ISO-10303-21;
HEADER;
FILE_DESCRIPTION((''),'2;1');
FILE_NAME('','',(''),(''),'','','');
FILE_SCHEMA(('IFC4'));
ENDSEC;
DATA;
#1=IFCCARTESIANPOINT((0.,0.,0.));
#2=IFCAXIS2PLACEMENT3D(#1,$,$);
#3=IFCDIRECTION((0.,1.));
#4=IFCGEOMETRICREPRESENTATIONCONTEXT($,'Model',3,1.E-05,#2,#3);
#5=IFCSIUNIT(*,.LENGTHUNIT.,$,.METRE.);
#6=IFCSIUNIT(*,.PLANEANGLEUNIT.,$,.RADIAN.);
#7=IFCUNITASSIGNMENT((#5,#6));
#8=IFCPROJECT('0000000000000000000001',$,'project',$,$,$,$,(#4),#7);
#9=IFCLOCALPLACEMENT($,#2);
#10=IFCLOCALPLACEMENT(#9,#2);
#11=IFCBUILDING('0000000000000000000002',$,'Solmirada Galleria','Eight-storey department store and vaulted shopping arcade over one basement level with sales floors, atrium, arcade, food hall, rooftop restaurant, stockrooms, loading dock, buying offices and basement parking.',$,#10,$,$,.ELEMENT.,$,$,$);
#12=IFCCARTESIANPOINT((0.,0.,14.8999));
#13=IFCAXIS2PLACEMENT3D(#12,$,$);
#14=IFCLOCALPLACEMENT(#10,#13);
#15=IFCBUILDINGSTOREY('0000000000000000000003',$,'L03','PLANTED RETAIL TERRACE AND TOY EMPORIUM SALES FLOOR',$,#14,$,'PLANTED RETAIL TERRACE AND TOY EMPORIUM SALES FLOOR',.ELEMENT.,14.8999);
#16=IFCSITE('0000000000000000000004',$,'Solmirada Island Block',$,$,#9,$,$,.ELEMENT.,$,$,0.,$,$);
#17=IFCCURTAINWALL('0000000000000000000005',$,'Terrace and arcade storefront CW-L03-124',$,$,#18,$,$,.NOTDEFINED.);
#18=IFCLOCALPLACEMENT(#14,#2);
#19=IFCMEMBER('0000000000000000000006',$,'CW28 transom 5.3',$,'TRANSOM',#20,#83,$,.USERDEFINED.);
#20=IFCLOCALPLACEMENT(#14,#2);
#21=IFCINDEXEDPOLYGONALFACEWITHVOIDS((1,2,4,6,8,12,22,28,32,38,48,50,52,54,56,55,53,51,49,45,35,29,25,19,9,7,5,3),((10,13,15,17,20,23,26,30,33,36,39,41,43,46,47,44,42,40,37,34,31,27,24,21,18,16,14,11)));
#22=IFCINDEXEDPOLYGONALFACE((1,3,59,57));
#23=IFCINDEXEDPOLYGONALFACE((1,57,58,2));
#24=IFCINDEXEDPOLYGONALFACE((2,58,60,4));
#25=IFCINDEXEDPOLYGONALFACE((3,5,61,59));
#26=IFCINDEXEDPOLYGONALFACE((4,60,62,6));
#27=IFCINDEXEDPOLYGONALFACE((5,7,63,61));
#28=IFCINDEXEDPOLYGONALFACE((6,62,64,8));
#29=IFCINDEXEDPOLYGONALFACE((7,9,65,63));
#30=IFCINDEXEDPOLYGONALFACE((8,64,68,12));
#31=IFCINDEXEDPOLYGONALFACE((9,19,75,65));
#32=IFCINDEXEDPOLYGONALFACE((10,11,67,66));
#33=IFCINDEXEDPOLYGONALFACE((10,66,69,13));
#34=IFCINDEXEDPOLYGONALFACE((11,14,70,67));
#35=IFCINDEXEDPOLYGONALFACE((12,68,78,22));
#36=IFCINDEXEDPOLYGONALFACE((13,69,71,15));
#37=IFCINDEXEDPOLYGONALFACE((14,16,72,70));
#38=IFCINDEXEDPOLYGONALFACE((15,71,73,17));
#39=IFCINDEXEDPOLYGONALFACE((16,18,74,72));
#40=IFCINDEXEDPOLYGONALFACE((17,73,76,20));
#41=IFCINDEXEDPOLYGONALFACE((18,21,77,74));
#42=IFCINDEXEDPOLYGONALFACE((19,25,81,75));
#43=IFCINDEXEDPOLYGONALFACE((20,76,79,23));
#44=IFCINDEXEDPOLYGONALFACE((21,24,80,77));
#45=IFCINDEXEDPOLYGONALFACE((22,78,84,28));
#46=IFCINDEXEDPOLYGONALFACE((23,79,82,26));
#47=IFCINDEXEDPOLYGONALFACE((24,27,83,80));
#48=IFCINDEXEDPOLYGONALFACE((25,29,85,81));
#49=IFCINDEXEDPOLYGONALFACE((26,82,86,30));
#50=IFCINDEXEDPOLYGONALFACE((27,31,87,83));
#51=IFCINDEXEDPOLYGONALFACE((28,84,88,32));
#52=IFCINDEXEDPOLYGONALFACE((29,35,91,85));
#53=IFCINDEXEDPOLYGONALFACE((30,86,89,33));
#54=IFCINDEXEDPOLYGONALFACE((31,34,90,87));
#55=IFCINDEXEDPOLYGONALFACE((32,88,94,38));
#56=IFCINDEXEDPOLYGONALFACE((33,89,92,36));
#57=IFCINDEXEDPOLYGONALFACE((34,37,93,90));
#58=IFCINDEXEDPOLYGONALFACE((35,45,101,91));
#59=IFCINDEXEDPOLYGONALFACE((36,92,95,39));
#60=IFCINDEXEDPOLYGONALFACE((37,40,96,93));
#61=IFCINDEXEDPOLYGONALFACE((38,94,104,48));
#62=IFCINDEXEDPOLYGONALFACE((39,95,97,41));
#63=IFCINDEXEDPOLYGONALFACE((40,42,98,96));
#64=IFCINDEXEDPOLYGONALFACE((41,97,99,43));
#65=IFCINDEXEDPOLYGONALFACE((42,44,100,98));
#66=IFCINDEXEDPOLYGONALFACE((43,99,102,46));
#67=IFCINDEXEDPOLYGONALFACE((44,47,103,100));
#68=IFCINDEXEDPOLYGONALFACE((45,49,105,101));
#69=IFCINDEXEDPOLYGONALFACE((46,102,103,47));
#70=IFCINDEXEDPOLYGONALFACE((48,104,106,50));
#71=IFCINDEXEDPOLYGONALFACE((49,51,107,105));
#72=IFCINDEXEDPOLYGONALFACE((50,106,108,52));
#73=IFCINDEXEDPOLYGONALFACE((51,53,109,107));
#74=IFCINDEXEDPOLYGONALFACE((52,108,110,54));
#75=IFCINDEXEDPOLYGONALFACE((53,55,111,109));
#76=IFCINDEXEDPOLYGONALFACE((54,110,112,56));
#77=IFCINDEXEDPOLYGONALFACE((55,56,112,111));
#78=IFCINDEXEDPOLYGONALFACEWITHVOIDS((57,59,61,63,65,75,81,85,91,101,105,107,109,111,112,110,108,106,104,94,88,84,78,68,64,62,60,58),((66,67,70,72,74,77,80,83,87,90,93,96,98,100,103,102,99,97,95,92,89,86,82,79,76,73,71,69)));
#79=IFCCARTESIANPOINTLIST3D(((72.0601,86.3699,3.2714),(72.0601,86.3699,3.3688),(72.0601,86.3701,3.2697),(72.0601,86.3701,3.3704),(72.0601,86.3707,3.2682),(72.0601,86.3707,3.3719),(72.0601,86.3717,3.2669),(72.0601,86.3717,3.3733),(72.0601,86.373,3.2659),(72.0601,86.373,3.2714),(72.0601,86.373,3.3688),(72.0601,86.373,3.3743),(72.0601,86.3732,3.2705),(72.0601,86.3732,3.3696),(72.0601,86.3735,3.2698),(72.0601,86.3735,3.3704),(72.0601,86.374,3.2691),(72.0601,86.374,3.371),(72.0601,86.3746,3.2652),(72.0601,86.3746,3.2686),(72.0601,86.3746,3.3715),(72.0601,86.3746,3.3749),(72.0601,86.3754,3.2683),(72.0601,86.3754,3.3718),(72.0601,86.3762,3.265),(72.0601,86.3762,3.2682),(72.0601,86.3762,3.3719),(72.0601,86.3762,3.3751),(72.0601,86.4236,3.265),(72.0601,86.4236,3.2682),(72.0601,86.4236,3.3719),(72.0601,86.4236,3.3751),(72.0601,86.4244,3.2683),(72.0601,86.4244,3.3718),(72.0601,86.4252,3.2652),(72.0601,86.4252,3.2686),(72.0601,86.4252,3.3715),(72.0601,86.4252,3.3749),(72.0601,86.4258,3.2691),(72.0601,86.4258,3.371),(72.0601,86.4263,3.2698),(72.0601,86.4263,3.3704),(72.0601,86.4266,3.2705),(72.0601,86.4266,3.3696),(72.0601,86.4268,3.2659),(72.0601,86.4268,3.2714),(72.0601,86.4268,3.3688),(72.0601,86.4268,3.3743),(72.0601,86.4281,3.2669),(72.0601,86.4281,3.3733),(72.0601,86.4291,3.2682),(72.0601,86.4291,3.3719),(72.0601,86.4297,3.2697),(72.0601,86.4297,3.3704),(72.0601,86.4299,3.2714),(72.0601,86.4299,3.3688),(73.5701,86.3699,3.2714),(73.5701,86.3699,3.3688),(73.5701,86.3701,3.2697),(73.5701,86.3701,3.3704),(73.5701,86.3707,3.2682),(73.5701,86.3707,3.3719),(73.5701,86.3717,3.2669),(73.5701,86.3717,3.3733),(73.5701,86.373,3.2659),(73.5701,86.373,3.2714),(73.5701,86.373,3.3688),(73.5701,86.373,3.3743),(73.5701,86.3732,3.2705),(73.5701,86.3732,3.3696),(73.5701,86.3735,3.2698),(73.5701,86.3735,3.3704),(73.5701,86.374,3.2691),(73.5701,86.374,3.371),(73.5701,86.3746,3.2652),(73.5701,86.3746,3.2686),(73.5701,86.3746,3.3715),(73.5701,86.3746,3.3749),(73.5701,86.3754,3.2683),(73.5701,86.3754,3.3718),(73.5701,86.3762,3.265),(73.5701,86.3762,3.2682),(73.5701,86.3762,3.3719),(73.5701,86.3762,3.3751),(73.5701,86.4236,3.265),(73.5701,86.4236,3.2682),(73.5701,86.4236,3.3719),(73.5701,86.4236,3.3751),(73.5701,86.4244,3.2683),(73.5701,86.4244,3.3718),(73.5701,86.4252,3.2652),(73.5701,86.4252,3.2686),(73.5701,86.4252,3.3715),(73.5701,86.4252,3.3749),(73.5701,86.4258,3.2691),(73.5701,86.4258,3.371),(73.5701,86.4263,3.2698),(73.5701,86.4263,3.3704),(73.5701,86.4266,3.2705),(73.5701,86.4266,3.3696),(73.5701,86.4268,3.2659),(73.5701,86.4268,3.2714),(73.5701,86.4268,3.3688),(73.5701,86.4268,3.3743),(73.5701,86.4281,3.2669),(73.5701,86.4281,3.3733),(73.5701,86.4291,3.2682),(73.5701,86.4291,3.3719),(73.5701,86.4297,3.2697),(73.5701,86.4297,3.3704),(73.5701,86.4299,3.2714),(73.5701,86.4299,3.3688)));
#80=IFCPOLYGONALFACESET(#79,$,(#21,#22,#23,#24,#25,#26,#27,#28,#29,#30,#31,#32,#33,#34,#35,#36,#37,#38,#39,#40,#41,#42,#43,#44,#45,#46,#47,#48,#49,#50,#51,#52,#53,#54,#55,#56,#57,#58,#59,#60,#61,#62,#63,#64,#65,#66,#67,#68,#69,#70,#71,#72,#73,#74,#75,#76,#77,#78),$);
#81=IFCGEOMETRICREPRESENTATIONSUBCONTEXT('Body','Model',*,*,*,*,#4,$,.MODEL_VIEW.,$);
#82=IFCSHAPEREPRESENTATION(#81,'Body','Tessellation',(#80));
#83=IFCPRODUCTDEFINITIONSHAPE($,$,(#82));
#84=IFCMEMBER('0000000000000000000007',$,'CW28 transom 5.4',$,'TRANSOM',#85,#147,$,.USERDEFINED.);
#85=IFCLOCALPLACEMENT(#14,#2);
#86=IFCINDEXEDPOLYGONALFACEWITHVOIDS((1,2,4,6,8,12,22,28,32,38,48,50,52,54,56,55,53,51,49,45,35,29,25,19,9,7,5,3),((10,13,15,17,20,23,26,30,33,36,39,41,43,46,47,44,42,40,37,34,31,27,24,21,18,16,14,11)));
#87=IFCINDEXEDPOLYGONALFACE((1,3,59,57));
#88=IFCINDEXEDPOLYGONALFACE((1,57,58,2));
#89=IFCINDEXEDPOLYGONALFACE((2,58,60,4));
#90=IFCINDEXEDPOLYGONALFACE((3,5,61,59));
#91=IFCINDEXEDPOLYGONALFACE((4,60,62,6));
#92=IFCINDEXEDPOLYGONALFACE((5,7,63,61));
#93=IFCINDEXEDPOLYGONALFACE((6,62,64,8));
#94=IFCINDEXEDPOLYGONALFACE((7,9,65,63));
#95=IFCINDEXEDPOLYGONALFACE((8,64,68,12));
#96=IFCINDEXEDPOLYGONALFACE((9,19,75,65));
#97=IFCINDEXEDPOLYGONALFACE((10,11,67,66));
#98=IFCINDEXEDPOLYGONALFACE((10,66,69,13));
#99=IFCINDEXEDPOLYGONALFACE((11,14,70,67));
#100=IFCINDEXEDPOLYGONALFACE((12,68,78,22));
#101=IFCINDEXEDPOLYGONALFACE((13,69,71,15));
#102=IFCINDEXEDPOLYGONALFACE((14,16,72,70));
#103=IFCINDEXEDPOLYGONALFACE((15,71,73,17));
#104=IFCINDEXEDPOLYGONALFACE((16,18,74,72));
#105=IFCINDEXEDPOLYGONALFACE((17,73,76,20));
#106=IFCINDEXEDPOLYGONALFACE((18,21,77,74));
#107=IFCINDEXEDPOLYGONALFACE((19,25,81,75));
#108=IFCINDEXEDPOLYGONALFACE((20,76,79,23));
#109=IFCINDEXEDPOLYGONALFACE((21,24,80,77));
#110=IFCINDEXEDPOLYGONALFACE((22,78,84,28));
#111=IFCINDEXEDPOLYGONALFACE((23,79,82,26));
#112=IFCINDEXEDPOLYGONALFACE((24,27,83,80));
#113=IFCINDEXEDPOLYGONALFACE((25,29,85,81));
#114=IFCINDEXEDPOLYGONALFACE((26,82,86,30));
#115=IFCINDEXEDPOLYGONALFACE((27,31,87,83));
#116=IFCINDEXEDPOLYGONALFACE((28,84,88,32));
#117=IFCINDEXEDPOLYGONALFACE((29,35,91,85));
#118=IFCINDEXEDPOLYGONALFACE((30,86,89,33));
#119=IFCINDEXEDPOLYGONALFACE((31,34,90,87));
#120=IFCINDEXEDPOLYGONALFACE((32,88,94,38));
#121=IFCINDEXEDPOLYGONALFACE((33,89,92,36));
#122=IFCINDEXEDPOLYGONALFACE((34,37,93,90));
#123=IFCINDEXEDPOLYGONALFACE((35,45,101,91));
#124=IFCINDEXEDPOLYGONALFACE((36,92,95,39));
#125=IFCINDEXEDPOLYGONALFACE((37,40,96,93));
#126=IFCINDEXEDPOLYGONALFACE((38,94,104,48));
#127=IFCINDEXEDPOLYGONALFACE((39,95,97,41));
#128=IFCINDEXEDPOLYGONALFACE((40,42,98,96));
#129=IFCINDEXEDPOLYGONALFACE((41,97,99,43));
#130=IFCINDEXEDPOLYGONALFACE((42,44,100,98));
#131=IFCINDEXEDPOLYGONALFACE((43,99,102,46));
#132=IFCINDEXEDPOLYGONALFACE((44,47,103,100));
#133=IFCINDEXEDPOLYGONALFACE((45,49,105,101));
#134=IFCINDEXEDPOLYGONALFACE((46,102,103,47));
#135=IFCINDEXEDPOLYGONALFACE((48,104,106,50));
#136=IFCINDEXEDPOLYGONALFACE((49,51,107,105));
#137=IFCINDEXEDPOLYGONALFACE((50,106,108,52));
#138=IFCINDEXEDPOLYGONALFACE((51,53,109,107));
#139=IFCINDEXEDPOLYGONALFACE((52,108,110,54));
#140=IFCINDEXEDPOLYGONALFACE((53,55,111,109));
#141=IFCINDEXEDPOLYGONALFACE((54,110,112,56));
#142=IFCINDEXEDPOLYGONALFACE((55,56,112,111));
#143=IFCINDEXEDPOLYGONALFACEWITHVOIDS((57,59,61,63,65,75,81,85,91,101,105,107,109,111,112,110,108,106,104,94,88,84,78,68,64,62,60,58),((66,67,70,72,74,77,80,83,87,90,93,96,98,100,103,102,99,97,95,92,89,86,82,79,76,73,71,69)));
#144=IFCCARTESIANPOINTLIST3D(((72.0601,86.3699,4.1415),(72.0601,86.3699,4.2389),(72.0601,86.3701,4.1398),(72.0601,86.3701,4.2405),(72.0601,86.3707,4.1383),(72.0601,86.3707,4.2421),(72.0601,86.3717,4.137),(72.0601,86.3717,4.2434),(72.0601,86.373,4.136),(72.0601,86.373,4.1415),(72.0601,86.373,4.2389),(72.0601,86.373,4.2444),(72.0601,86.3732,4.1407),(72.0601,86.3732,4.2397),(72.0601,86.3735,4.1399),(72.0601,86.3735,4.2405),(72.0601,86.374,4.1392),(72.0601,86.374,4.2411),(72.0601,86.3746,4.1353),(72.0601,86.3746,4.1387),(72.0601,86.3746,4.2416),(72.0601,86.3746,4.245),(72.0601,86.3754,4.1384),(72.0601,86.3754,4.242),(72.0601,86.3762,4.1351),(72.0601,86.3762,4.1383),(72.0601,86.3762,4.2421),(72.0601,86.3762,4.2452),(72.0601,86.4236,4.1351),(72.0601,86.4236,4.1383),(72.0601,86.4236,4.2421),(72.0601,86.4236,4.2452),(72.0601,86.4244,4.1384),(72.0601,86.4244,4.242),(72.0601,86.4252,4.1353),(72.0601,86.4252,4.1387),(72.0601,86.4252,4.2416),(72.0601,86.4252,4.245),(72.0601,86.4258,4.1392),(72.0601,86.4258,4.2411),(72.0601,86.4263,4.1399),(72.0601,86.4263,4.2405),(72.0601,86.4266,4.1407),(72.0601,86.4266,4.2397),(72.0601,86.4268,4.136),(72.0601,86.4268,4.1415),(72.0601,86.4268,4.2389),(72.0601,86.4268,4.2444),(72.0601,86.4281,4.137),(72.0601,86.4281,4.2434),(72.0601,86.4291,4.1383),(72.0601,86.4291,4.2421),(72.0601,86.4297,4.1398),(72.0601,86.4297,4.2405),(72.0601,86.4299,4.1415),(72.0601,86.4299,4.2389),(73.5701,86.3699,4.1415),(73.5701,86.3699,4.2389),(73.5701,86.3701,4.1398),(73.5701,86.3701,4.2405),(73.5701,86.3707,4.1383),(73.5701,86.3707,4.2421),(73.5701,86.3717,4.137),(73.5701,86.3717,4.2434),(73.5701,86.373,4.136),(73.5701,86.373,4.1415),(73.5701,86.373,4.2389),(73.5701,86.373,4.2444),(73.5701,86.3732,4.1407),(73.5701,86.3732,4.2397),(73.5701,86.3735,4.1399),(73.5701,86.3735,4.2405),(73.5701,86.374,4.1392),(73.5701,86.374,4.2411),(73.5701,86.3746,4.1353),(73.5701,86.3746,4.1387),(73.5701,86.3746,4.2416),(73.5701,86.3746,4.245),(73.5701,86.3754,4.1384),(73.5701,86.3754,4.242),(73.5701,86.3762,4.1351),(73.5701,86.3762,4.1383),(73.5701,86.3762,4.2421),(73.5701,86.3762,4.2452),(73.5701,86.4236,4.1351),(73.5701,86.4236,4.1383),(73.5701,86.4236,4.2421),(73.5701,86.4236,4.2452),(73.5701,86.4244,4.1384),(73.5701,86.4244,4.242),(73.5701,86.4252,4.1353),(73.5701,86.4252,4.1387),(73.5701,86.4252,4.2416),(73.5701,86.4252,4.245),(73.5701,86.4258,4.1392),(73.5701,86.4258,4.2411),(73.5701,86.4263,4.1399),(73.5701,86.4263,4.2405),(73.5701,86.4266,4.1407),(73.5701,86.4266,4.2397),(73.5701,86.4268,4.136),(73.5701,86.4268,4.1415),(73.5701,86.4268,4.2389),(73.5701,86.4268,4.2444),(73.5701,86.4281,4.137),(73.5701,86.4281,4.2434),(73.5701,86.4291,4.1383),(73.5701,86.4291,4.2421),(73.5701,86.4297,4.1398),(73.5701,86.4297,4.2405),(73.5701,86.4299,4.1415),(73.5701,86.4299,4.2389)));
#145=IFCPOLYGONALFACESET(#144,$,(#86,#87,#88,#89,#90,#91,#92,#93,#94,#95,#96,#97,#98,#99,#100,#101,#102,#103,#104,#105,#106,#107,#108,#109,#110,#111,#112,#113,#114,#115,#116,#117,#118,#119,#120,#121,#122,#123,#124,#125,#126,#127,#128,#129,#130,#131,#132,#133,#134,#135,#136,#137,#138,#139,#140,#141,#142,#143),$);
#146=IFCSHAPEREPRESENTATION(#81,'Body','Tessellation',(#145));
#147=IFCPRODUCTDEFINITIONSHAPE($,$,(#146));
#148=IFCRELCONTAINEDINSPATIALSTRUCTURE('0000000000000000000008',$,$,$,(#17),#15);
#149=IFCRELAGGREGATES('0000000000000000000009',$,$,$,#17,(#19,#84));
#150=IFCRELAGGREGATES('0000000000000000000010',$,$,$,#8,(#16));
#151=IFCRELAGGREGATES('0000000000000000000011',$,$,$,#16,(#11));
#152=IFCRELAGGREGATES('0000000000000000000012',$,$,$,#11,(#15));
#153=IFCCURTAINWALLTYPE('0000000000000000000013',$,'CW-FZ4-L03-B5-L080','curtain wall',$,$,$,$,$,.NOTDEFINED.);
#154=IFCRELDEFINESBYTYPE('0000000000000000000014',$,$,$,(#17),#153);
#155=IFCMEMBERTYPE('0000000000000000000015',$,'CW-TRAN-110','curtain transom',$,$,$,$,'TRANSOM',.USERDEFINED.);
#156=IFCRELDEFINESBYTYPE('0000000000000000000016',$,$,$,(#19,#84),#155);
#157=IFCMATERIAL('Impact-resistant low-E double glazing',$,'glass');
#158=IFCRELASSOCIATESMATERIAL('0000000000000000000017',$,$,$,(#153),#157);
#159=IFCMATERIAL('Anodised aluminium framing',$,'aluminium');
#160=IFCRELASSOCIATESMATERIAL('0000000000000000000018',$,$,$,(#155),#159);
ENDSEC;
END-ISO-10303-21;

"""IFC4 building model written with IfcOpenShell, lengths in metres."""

from ifc_helpers import new_model, si_unit, direction, frame, origin, origin_2d, place, context, subcontext, project, spatial, hollow_rectangle, extrude, material, material_profile, profile_set, type_object, element, aggregate, save


model = new_model("IFC4")

# Units and contexts
model_context = context("Model", 3, precision=1e-05, world=origin(), true_north=direction((0.0, 1.0)))
body_context = subcontext(model_context, "Body", "Model", "MODEL_VIEW")
ifc_project = project(units=[si_unit("LENGTHUNIT", "METRE"), si_unit("PLANEANGLEUNIT", "RADIAN")], contexts=[model_context])

# Site, building, storey
site_placement = place(None, origin())
site = spatial("IfcSite", under=ifc_project, at=site_placement, Name="Solmirada Island Block", CompositionType="ELEMENT", RefElevation=0.0)
building_placement = place(site_placement, origin())
building = spatial("IfcBuilding", under=site, at=building_placement, Name="Solmirada Galleria", Description="Eight-storey department store and vaulted shopping arcade over one basement level with sales floors, atrium, arcade, food hall, rooftop restaurant, stockrooms, loading dock, buying offices and basement parking.", CompositionType="ELEMENT")
storey_placement = place(building_placement, frame((0.0, 0.0, 14.8999)))
storey = spatial("IfcBuildingStorey", under=building, at=storey_placement, Name="L03", Description="PLANTED RETAIL TERRACE AND TOY EMPORIUM SALES FLOOR", LongName="PLANTED RETAIL TERRACE AND TOY EMPORIUM SALES FLOOR", CompositionType="ELEMENT", Elevation=14.8999)

# Curtain wall
ifc_material_1 = material(Name="Impact-resistant low-E double glazing", Category="glass")
curtain_wall_type = type_object("IfcCurtainWallType", Name="CW-FZ4-L03-B5-L080", Description="curtain wall", PredefinedType="NOTDEFINED", material=ifc_material_1)
curtain_wall_1_placement = place(storey_placement, origin())
curtain_wall_1 = element("IfcCurtainWall", 1, at=curtain_wall_1_placement, inside=storey, type_object=curtain_wall_type, Name="Terrace and arcade storefront CW-L03-124", PredefinedType="NOTDEFINED")
ifc_material_2 = material(Name="Anodised aluminium framing", Category="aluminium")

# Members
ifc_material_profile_1 = material_profile(ifc_material_2, hollow_rectangle(XDim=0.0601, YDim=0.1101, WallThickness=0.0032, InnerFilletRadius=0.0032, OuterFilletRadius=0.0063, at=origin_2d()), Name="ALU-TRAN-110X60")
ifc_profile_set_1 = profile_set([ifc_material_profile_1], Name="Anodised aluminium framing")
member_type_1 = type_object("IfcMemberType", Name="CW-TRAN-110", Description="curtain transom", ElementType="TRANSOM", PredefinedType="USERDEFINED", material=ifc_profile_set_1)
member_1_placement = place(storey_placement, frame((73.5701, 86.3999, 3.3201), z_axis=(-1.0, 0.0, 0.0), x_axis=(0.0, -1.0, 0.0)))
member_1 = element("IfcMember", 2, at=member_1_placement, type_object=member_type_1, Name="CW28 transom 5.3", ObjectType="TRANSOM", PredefinedType="USERDEFINED", context=body_context, shape_type="SweptSolid", body=[
    extrude(hollow_rectangle(XDim=0.0601, YDim=0.1101, WallThickness=0.0032, InnerFilletRadius=0.0032, OuterFilletRadius=0.0063, at=origin_2d()), origin(), (0.0, 0.0, 1.0), 1.51),
])
member_2_placement = place(storey_placement, frame((73.5701, 86.3999, 4.1902), z_axis=(-1.0, 0.0, 0.0), x_axis=(0.0, -1.0, 0.0)))
member_2 = element("IfcMember", 3, at=member_2_placement, type_object=member_type_1, Name="CW28 transom 5.4", ObjectType="TRANSOM", PredefinedType="USERDEFINED", context=body_context, shape_type="SweptSolid", body=[
    extrude(hollow_rectangle(XDim=0.0601, YDim=0.1101, WallThickness=0.0032, InnerFilletRadius=0.0032, OuterFilletRadius=0.0063, at=origin_2d()), origin(), (0.0, 0.0, 1.0), 1.51),
])

aggregate(curtain_wall_1, [member_1, member_2])

save(model, "model.ifc")
